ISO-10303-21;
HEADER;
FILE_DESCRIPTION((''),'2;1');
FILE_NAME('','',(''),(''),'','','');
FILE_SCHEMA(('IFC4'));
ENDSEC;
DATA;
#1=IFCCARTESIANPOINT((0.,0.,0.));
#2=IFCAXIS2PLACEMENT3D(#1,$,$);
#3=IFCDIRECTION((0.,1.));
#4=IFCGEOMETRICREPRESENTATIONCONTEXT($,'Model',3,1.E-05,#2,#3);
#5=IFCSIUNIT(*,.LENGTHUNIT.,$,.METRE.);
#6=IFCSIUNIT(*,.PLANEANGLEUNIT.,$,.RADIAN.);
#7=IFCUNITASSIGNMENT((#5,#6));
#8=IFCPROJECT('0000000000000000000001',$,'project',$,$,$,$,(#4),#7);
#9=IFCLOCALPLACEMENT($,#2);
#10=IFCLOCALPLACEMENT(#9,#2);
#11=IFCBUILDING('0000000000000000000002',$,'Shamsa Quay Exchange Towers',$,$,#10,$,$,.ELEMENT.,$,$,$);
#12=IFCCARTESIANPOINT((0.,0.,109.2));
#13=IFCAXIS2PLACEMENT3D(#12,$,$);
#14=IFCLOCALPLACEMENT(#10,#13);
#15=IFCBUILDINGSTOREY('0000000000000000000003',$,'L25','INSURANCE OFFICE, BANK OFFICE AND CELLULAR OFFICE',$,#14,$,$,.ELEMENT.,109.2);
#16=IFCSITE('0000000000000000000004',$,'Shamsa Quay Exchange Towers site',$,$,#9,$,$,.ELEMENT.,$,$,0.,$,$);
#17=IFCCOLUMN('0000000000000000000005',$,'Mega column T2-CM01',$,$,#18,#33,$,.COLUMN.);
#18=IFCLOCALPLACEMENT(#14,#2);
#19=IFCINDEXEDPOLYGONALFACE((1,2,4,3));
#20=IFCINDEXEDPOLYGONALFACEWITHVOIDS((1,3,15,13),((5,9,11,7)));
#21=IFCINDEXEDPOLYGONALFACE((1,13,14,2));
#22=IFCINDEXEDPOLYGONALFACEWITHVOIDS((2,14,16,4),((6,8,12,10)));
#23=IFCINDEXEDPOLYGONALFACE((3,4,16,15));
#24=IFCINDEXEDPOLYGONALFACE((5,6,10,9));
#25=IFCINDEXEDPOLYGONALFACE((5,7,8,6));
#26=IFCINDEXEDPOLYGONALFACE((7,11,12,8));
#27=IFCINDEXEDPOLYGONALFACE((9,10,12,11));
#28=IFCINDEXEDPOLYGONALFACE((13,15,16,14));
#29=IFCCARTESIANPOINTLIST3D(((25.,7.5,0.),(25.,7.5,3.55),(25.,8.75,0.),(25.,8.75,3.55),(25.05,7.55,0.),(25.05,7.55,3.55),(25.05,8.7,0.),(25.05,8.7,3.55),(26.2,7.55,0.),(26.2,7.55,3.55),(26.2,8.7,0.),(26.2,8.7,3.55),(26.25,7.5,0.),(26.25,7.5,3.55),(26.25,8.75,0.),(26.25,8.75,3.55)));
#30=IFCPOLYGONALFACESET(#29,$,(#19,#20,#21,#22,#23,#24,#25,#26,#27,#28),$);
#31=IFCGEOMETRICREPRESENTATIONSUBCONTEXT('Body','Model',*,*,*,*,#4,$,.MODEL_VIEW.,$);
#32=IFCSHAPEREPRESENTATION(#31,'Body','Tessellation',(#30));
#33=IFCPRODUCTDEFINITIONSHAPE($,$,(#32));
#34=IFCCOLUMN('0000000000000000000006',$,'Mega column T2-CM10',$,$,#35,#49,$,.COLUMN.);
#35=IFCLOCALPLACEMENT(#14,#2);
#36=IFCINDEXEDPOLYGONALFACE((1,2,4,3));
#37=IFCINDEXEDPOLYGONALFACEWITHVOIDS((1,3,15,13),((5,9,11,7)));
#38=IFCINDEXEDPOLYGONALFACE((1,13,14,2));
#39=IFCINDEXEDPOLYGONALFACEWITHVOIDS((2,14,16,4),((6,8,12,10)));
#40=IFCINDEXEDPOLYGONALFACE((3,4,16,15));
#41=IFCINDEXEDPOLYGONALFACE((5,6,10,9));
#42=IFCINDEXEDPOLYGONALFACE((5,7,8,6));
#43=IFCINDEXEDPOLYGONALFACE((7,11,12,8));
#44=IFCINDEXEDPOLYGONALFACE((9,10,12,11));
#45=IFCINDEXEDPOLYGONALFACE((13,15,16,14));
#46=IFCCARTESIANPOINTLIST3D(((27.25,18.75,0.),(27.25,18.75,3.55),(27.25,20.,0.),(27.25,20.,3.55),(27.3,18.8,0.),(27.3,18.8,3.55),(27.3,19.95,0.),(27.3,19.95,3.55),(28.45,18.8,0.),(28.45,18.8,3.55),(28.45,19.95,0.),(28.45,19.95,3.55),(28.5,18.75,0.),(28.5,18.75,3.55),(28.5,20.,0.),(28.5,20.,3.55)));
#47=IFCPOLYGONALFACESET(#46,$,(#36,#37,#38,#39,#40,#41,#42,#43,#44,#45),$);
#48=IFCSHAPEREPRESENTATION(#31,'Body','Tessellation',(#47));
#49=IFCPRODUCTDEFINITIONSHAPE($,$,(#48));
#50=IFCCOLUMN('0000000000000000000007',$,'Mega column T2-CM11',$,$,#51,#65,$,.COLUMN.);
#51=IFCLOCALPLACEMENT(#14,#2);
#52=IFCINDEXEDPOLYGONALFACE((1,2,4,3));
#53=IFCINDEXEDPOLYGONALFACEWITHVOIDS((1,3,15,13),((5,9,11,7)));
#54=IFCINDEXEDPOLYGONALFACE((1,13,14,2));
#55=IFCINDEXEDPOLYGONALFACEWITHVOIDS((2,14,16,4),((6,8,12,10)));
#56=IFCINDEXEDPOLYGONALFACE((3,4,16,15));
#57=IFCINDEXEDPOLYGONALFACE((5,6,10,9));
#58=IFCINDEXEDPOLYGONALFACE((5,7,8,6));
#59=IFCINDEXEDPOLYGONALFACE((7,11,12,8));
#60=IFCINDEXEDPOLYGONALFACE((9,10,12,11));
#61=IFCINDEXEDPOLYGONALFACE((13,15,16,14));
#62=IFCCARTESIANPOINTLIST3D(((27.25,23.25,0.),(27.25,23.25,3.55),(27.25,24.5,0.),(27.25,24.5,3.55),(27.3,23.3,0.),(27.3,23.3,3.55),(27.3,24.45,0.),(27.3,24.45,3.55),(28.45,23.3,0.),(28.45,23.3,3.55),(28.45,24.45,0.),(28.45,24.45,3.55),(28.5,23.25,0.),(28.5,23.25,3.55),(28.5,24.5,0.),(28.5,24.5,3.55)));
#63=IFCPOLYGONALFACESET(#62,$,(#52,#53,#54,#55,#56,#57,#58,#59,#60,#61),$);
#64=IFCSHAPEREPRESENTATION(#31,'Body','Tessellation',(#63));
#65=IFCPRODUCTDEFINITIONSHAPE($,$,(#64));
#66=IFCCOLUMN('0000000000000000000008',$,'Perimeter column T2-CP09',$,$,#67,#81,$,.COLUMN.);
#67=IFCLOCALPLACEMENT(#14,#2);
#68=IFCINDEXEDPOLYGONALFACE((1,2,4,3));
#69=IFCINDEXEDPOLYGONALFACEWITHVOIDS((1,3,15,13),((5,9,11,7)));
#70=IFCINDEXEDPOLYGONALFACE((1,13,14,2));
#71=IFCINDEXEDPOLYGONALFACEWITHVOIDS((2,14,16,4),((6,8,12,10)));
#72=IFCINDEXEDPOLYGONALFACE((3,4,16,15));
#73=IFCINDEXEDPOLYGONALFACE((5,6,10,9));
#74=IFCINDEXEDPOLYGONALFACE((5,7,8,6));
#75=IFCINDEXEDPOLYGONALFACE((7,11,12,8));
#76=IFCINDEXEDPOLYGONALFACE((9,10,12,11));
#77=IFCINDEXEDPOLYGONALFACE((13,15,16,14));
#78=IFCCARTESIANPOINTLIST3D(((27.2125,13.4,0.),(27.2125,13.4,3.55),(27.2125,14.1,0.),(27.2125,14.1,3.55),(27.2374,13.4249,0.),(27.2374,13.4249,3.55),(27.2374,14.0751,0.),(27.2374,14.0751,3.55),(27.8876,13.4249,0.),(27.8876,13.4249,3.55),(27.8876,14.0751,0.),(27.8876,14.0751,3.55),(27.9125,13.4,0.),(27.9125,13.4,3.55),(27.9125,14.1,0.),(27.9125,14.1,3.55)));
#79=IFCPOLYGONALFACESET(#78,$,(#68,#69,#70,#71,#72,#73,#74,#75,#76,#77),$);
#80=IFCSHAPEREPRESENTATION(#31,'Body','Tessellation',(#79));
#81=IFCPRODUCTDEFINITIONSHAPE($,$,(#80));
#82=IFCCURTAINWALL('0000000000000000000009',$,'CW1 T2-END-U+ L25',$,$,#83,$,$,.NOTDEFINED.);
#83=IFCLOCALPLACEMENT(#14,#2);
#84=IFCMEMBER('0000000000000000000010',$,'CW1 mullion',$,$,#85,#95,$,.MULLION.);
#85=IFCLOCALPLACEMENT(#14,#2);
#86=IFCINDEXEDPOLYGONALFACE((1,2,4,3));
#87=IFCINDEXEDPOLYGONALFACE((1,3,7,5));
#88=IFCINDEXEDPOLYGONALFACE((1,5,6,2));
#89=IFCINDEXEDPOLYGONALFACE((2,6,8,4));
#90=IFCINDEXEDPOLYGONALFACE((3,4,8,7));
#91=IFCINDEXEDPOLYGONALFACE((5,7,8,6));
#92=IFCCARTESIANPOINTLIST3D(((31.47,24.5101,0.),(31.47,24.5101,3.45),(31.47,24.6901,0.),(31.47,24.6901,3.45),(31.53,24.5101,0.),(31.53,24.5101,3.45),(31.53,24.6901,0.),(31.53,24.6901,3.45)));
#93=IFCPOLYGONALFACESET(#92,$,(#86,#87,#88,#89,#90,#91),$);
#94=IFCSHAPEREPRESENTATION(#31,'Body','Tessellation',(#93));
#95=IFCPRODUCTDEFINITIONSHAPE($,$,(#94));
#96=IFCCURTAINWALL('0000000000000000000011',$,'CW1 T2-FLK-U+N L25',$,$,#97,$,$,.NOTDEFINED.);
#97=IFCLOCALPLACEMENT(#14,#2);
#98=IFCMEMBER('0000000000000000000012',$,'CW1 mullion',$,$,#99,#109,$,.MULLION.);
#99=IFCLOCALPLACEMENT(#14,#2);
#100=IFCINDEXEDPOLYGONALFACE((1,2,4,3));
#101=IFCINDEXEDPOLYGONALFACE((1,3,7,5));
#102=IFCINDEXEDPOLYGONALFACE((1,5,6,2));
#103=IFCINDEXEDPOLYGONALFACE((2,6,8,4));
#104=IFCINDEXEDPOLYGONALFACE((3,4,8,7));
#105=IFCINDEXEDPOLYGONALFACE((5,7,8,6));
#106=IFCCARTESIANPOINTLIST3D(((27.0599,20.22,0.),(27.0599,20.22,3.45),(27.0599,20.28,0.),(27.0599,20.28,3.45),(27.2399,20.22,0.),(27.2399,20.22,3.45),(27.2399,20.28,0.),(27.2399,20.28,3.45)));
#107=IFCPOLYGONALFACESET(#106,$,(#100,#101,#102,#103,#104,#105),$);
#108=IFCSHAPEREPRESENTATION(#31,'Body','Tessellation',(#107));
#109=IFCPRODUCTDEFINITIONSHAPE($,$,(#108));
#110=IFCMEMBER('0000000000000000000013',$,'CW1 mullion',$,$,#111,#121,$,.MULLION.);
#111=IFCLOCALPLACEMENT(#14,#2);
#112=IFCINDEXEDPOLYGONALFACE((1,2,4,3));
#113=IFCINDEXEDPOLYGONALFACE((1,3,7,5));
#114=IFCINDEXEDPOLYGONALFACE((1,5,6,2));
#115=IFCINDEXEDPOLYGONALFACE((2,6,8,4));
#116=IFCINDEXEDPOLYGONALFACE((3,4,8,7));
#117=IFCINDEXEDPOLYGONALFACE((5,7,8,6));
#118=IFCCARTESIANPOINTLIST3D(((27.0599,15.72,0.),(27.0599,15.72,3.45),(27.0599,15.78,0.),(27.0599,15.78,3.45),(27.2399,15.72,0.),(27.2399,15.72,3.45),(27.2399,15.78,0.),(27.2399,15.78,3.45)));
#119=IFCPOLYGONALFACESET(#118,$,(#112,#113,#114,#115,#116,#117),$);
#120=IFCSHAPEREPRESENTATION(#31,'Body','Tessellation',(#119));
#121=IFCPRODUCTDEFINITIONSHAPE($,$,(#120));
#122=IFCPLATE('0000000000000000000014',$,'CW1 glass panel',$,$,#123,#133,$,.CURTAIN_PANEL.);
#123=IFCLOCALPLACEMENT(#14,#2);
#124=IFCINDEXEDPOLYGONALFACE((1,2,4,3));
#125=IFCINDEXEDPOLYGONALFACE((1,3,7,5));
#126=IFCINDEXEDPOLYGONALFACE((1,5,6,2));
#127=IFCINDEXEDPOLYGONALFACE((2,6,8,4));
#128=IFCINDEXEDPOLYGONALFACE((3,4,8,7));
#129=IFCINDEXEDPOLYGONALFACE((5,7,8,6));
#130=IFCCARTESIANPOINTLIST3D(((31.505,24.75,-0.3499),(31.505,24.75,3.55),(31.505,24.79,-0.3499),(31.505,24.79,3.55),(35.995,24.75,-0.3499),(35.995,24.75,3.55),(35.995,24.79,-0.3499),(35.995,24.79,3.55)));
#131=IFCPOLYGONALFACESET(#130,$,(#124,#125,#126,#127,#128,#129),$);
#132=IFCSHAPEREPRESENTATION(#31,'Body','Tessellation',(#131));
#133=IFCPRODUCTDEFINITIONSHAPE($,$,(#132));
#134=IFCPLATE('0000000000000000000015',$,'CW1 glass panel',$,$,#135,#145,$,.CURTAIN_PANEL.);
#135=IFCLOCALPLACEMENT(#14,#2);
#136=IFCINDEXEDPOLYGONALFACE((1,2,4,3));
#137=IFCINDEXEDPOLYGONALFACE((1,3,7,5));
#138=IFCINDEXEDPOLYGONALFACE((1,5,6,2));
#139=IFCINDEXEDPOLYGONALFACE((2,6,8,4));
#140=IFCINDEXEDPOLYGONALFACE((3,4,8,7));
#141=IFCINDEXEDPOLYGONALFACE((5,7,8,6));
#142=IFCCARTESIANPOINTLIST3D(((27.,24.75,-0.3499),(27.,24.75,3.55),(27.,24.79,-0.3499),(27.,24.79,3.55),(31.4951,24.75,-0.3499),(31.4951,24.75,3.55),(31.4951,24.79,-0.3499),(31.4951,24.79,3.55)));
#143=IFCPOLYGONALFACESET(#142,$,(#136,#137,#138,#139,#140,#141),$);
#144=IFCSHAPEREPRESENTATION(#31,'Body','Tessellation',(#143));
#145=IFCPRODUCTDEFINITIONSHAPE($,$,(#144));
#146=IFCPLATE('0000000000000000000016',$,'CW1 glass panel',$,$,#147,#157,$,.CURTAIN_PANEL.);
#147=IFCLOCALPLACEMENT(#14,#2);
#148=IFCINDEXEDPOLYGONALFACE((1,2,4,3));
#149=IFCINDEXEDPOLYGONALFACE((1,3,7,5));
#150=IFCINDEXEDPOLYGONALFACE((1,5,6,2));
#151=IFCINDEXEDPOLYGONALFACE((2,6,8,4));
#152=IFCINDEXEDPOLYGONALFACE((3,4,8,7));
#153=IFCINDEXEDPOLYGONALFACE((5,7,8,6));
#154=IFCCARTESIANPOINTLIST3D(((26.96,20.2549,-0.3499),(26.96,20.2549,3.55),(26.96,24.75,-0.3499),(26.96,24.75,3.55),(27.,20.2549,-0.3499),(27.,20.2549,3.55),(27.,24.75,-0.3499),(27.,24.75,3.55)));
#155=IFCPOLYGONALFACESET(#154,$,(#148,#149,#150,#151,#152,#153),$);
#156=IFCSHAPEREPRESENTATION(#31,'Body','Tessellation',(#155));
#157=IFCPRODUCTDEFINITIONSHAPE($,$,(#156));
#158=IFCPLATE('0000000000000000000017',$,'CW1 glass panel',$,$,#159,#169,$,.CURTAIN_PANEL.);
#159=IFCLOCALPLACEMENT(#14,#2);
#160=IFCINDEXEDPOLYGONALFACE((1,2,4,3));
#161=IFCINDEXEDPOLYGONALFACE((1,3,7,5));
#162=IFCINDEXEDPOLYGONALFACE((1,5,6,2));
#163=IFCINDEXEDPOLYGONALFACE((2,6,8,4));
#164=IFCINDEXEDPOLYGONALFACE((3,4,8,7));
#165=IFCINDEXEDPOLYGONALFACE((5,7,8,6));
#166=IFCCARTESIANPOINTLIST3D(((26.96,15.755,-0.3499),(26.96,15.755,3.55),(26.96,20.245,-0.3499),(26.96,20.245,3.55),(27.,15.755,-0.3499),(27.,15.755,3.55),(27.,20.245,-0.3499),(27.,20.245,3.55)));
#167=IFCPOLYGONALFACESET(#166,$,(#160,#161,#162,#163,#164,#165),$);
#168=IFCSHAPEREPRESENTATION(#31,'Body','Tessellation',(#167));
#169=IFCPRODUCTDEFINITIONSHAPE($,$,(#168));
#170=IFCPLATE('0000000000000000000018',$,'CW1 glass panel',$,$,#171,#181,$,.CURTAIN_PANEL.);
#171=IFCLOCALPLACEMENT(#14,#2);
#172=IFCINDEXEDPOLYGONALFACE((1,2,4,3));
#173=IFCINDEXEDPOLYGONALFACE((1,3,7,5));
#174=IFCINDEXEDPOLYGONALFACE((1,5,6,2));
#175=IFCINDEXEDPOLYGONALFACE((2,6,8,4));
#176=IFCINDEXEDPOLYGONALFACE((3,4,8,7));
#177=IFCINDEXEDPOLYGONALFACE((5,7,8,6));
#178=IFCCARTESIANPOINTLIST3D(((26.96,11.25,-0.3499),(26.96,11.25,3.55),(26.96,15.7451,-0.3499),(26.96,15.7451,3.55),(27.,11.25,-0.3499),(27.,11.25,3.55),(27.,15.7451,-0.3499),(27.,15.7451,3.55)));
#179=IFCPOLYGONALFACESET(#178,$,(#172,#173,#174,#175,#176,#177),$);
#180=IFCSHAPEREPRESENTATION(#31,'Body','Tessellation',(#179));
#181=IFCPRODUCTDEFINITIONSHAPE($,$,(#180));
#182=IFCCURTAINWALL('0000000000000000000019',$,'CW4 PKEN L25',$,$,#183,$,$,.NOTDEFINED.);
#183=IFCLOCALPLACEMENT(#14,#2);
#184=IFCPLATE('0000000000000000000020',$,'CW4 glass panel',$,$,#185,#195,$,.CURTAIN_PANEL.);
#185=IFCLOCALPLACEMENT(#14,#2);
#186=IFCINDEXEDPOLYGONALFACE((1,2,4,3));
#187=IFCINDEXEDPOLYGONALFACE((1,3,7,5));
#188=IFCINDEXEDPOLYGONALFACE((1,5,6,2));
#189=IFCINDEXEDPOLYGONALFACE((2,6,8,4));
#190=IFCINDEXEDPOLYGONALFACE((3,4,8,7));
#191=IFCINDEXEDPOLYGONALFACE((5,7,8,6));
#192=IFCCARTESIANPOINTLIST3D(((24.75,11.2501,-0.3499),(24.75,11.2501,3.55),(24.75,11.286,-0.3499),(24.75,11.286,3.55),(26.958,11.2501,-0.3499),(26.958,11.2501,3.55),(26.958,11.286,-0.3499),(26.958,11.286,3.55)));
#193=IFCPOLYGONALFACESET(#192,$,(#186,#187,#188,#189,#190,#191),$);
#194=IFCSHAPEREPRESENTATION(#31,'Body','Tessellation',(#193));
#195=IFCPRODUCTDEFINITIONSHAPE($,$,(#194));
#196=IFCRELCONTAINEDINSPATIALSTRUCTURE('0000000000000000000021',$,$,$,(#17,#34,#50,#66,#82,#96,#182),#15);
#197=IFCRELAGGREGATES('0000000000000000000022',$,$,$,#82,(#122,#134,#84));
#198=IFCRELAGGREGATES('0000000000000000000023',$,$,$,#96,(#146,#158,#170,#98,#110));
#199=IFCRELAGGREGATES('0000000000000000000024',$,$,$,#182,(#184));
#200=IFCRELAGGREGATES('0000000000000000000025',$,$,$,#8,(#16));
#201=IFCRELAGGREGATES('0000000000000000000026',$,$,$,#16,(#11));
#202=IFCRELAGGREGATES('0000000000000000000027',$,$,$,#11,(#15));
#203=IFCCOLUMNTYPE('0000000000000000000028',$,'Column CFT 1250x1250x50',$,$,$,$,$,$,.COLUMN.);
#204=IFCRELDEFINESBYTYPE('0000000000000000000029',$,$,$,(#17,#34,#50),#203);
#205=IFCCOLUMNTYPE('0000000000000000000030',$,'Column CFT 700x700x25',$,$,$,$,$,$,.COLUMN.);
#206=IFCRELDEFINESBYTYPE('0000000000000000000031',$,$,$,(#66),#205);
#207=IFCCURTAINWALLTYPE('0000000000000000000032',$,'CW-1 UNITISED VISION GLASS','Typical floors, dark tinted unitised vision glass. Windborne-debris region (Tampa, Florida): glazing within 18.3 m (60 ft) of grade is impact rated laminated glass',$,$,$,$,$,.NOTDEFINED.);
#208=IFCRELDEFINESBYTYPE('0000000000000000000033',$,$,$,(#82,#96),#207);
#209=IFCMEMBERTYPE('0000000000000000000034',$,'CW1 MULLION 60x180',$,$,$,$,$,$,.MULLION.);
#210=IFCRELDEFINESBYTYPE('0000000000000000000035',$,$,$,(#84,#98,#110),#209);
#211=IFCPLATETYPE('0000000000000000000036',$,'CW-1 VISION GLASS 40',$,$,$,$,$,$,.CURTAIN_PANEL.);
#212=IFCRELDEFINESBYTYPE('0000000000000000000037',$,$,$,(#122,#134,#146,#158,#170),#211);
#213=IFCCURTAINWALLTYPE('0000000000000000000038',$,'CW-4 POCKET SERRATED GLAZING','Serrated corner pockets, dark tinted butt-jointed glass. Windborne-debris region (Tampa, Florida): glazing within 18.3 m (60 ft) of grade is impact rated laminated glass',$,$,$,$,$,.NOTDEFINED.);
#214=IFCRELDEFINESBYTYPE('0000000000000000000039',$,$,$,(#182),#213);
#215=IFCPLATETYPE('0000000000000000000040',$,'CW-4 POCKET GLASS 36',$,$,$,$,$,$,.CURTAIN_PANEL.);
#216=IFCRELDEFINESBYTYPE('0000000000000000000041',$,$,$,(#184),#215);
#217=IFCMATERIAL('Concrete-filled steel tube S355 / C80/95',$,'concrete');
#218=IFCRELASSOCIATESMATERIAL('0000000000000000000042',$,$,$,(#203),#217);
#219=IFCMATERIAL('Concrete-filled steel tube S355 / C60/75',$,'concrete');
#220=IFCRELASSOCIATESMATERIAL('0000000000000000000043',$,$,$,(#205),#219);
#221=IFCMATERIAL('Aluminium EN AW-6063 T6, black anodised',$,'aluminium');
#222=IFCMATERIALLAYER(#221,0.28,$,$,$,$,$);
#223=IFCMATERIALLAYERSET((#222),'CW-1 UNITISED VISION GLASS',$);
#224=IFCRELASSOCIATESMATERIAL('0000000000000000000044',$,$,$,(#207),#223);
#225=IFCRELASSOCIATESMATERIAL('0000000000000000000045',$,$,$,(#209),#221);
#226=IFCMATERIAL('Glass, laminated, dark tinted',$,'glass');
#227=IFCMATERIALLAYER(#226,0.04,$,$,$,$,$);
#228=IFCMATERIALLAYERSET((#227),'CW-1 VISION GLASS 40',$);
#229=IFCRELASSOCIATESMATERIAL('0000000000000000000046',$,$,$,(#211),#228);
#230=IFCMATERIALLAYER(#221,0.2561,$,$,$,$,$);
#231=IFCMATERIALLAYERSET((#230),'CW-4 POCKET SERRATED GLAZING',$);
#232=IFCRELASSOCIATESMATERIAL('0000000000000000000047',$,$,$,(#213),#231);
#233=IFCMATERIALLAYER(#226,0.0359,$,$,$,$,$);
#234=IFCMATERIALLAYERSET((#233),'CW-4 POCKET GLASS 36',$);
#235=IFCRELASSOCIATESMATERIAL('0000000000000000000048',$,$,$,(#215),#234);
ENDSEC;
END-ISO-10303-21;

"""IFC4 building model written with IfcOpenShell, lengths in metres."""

from ifc_helpers import new_model, si_unit, direction, frame, origin, origin_2d, place, context, subcontext, project, spatial, rectangle, hollow_rectangle, extrude, material, layer, layer_set, material_profile, profile_set, type_object, element, aggregate, save


model = new_model("IFC4")

# Units and contexts
model_context = context("Model", 3, precision=1e-05, world=origin(), true_north=direction((0.0, 1.0)))
body_context = subcontext(model_context, "Body", "Model", "MODEL_VIEW")
ifc_project = project(units=[si_unit("LENGTHUNIT", "METRE"), si_unit("PLANEANGLEUNIT", "RADIAN")], contexts=[model_context])

# Site, building, storey
site_placement = place(None, origin())
site = spatial("IfcSite", under=ifc_project, at=site_placement, Name="Shamsa Quay Exchange Towers site", CompositionType="ELEMENT", RefElevation=0.0)
building_placement = place(site_placement, origin())
building = spatial("IfcBuilding", under=site, at=building_placement, Name="Shamsa Quay Exchange Towers", CompositionType="ELEMENT")
storey_placement = place(building_placement, frame((0.0, 0.0, 109.2)))
storey = spatial("IfcBuildingStorey", under=building, at=storey_placement, Name="L25", Description="INSURANCE OFFICE, BANK OFFICE AND CELLULAR OFFICE", CompositionType="ELEMENT", Elevation=109.2)

# Columns
ifc_material_1 = material(Name="Concrete-filled steel tube S355 / C80/95", Category="concrete")
ifc_material_profile_1 = material_profile(ifc_material_1, hollow_rectangle(XDim=1.25, YDim=1.25, WallThickness=0.05, at=origin_2d()), Name="CFT 1250x1250x50")
ifc_profile_set_1 = profile_set([ifc_material_profile_1], Name="Concrete-filled steel tube S355 / C80/95")
column_type_1 = type_object("IfcColumnType", Name="Column CFT 1250x1250x50", PredefinedType="COLUMN", material=ifc_profile_set_1)
for number, where, name in (
    (1, (25.625, 8.125, 0.0), "Mega column T2-CM01"),
    (2, (27.875, 19.375, 0.0), "Mega column T2-CM10"),
    (3, (27.875, 23.875, 0.0), "Mega column T2-CM11"),
):
    element("IfcColumn", number, at=place(storey_placement, frame(where)), inside=storey, type_object=column_type_1, Name=name, PredefinedType="COLUMN", context=body_context, shape_type="SweptSolid", body=[
        extrude(hollow_rectangle(XDim=1.25, YDim=1.25, WallThickness=0.05, at=origin_2d()), origin(), (0.0, 0.0, 1.0), 3.55),
    ])
ifc_material_2 = material(Name="Concrete-filled steel tube S355 / C60/75", Category="concrete")
ifc_material_profile_2 = material_profile(ifc_material_2, hollow_rectangle(XDim=0.7, YDim=0.7, WallThickness=0.0249, at=origin_2d()), Name="CFT 700x700x25")
ifc_profile_set_2 = profile_set([ifc_material_profile_2], Name="Concrete-filled steel tube S355 / C60/75")
column_type_2 = type_object("IfcColumnType", Name="Column CFT 700x700x25", PredefinedType="COLUMN", material=ifc_profile_set_2)
column_placement = place(storey_placement, frame((27.5625, 13.75, 0.0)))
element("IfcColumn", 4, at=column_placement, inside=storey, type_object=column_type_2, Name="Perimeter column T2-CP09", PredefinedType="COLUMN", context=body_context, shape_type="SweptSolid", body=[
    extrude(hollow_rectangle(XDim=0.7, YDim=0.7, WallThickness=0.0249, at=origin_2d()), origin(), (0.0, 0.0, 1.0), 3.55),
])

# Curtain wall, member
ifc_material_3 = material(Name="Aluminium EN AW-6063 T6, black anodised", Category="aluminium")
ifc_layer_1 = layer(ifc_material_3, 0.28)
ifc_layer_set_1 = layer_set([ifc_layer_1], Name="CW-1 UNITISED VISION GLASS")
curtain_wall_type_1 = type_object("IfcCurtainWallType", Name="CW-1 UNITISED VISION GLASS", Description="Typical floors, dark tinted unitised vision glass. Windborne-debris region (Tampa, Florida): glazing within 18.3 m (60 ft) of grade is impact rated laminated glass", PredefinedType="NOTDEFINED", material=ifc_layer_set_1)
curtain_wall_1_placement = place(storey_placement, origin())
curtain_wall_1 = element("IfcCurtainWall", 5, at=curtain_wall_1_placement, inside=storey, type_object=curtain_wall_type_1, Name="CW1 T2-END-U+ L25", PredefinedType="NOTDEFINED")
ifc_material_profile_3 = material_profile(ifc_material_3, rectangle(XDim=0.1799, YDim=0.0601, at=origin_2d()), Name="MU60x180")
ifc_profile_set_3 = profile_set([ifc_material_profile_3], Name="Aluminium EN AW-6063 T6, black anodised")
member_type = type_object("IfcMemberType", Name="CW1 MULLION 60x180", PredefinedType="MULLION", material=ifc_profile_set_3)
member_1_placement = place(storey_placement, frame((31.5, 24.6001, 0.0), z_axis=(0.0, 0.0, 1.0), x_axis=(0.0, -1.0, 0.0)))
member_1 = element("IfcMember", 6, at=member_1_placement, type_object=member_type, Name="CW1 mullion", PredefinedType="MULLION", context=body_context, shape_type="SweptSolid", body=[
    extrude(rectangle(XDim=0.1799, YDim=0.0601, at=origin_2d()), origin(), (0.0, 0.0, 1.0), 3.45),
])

# Curtain wall, members
curtain_wall_2_placement = place(storey_placement, origin())
curtain_wall_2 = element("IfcCurtainWall", 7, at=curtain_wall_2_placement, inside=storey, type_object=curtain_wall_type_1, Name="CW1 T2-FLK-U+N L25", PredefinedType="NOTDEFINED")
member_2_placement = place(storey_placement, frame((27.1499, 20.25, 0.0)))
member_2 = element("IfcMember", 8, at=member_2_placement, type_object=member_type, Name="CW1 mullion", PredefinedType="MULLION", context=body_context, shape_type="SweptSolid", body=[
    extrude(rectangle(XDim=0.1799, YDim=0.0601, at=origin_2d()), origin(), (0.0, 0.0, 1.0), 3.45),
])
member_3_placement = place(storey_placement, frame((27.1499, 15.75, 0.0)))
member_3 = element("IfcMember", 9, at=member_3_placement, type_object=member_type, Name="CW1 mullion", PredefinedType="MULLION", context=body_context, shape_type="SweptSolid", body=[
    extrude(rectangle(XDim=0.1799, YDim=0.0601, at=origin_2d()), origin(), (0.0, 0.0, 1.0), 3.45),
])

# Plates
ifc_material_4 = material(Name="Glass, laminated, dark tinted", Category="glass")
ifc_layer_2 = layer(ifc_material_4, 0.04)
ifc_layer_set_2 = layer_set([ifc_layer_2], Name="CW-1 VISION GLASS 40")
plate_type_1 = type_object("IfcPlateType", Name="CW-1 VISION GLASS 40", PredefinedType="CURTAIN_PANEL", material=ifc_layer_set_2)
plate_1_placement = place(storey_placement, frame((33.75, 24.77, -0.3499), z_axis=(0.0, 0.0, 1.0), x_axis=(-1.0, 0.0, 0.0)))
plate_1 = element("IfcPlate", 10, at=plate_1_placement, type_object=plate_type_1, Name="CW1 glass panel", PredefinedType="CURTAIN_PANEL", context=body_context, shape_type="SweptSolid", body=[
    extrude(rectangle(XDim=4.49, YDim=0.04, at=origin_2d()), origin(), (0.0, 0.0, 1.0), 3.8999),
])
plate_2_placement = place(storey_placement, frame((29.2476, 24.77, -0.3499), z_axis=(0.0, 0.0, 1.0), x_axis=(-1.0, 0.0, 0.0)))
plate_2 = element("IfcPlate", 11, at=plate_2_placement, type_object=plate_type_1, Name="CW1 glass panel", PredefinedType="CURTAIN_PANEL", context=body_context, shape_type="SweptSolid", body=[
    extrude(rectangle(XDim=4.4951, YDim=0.04, at=origin_2d()), origin(), (0.0, 0.0, 1.0), 3.8999),
])
aggregate(curtain_wall_1, [plate_1, plate_2, member_1])
plate_3_placement = place(storey_placement, frame((26.98, 22.5024, -0.3499), z_axis=(0.0, 0.0, 1.0), x_axis=(0.0, -1.0, 0.0)))
plate_3 = element("IfcPlate", 12, at=plate_3_placement, type_object=plate_type_1, Name="CW1 glass panel", PredefinedType="CURTAIN_PANEL", context=body_context, shape_type="SweptSolid", body=[
    extrude(rectangle(XDim=4.4951, YDim=0.04, at=origin_2d()), origin(), (0.0, 0.0, 1.0), 3.8999),
])
plate_4_placement = place(storey_placement, frame((26.98, 18.0, -0.3499), z_axis=(0.0, 0.0, 1.0), x_axis=(0.0, -1.0, 0.0)))
plate_4 = element("IfcPlate", 13, at=plate_4_placement, type_object=plate_type_1, Name="CW1 glass panel", PredefinedType="CURTAIN_PANEL", context=body_context, shape_type="SweptSolid", body=[
    extrude(rectangle(XDim=4.49, YDim=0.04, at=origin_2d()), origin(), (0.0, 0.0, 1.0), 3.8999),
])
plate_5_placement = place(storey_placement, frame((26.98, 13.4976, -0.3499), z_axis=(0.0, 0.0, 1.0), x_axis=(0.0, -1.0, 0.0)))
plate_5 = element("IfcPlate", 14, at=plate_5_placement, type_object=plate_type_1, Name="CW1 glass panel", PredefinedType="CURTAIN_PANEL", context=body_context, shape_type="SweptSolid", body=[
    extrude(rectangle(XDim=4.4951, YDim=0.04, at=origin_2d()), origin(), (0.0, 0.0, 1.0), 3.8999),
])
aggregate(curtain_wall_2, [plate_3, plate_4, plate_5, member_2, member_3])

# Curtain wall, plate
ifc_layer_3 = layer(ifc_material_3, 0.2561)
ifc_layer_set_3 = layer_set([ifc_layer_3], Name="CW-4 POCKET SERRATED GLAZING")
curtain_wall_type_2 = type_object("IfcCurtainWallType", Name="CW-4 POCKET SERRATED GLAZING", Description="Serrated corner pockets, dark tinted butt-jointed glass. Windborne-debris region (Tampa, Florida): glazing within 18.3 m (60 ft) of grade is impact rated laminated glass", PredefinedType="NOTDEFINED", material=ifc_layer_set_3)
curtain_wall_3_placement = place(storey_placement, origin())
curtain_wall_3 = element("IfcCurtainWall", 15, at=curtain_wall_3_placement, inside=storey, type_object=curtain_wall_type_2, Name="CW4 PKEN L25", PredefinedType="NOTDEFINED")
ifc_layer_4 = layer(ifc_material_4, 0.0359)
ifc_layer_set_4 = layer_set([ifc_layer_4], Name="CW-4 POCKET GLASS 36")
plate_type_2 = type_object("IfcPlateType", Name="CW-4 POCKET GLASS 36", PredefinedType="CURTAIN_PANEL", material=ifc_layer_set_4)
plate_6_placement = place(storey_placement, frame((25.854, 11.2681, -0.3499), z_axis=(0.0, 0.0, 1.0), x_axis=(-1.0, 0.0, 0.0)))
plate_6 = element("IfcPlate", 16, at=plate_6_placement, type_object=plate_type_2, Name="CW4 glass panel", PredefinedType="CURTAIN_PANEL", context=body_context, shape_type="SweptSolid", body=[
    extrude(rectangle(XDim=2.208, YDim=0.0359, at=origin_2d()), origin(), (0.0, 0.0, 1.0), 3.8999),
])
aggregate(curtain_wall_3, [plate_6])

save(model, "model.ifc")
